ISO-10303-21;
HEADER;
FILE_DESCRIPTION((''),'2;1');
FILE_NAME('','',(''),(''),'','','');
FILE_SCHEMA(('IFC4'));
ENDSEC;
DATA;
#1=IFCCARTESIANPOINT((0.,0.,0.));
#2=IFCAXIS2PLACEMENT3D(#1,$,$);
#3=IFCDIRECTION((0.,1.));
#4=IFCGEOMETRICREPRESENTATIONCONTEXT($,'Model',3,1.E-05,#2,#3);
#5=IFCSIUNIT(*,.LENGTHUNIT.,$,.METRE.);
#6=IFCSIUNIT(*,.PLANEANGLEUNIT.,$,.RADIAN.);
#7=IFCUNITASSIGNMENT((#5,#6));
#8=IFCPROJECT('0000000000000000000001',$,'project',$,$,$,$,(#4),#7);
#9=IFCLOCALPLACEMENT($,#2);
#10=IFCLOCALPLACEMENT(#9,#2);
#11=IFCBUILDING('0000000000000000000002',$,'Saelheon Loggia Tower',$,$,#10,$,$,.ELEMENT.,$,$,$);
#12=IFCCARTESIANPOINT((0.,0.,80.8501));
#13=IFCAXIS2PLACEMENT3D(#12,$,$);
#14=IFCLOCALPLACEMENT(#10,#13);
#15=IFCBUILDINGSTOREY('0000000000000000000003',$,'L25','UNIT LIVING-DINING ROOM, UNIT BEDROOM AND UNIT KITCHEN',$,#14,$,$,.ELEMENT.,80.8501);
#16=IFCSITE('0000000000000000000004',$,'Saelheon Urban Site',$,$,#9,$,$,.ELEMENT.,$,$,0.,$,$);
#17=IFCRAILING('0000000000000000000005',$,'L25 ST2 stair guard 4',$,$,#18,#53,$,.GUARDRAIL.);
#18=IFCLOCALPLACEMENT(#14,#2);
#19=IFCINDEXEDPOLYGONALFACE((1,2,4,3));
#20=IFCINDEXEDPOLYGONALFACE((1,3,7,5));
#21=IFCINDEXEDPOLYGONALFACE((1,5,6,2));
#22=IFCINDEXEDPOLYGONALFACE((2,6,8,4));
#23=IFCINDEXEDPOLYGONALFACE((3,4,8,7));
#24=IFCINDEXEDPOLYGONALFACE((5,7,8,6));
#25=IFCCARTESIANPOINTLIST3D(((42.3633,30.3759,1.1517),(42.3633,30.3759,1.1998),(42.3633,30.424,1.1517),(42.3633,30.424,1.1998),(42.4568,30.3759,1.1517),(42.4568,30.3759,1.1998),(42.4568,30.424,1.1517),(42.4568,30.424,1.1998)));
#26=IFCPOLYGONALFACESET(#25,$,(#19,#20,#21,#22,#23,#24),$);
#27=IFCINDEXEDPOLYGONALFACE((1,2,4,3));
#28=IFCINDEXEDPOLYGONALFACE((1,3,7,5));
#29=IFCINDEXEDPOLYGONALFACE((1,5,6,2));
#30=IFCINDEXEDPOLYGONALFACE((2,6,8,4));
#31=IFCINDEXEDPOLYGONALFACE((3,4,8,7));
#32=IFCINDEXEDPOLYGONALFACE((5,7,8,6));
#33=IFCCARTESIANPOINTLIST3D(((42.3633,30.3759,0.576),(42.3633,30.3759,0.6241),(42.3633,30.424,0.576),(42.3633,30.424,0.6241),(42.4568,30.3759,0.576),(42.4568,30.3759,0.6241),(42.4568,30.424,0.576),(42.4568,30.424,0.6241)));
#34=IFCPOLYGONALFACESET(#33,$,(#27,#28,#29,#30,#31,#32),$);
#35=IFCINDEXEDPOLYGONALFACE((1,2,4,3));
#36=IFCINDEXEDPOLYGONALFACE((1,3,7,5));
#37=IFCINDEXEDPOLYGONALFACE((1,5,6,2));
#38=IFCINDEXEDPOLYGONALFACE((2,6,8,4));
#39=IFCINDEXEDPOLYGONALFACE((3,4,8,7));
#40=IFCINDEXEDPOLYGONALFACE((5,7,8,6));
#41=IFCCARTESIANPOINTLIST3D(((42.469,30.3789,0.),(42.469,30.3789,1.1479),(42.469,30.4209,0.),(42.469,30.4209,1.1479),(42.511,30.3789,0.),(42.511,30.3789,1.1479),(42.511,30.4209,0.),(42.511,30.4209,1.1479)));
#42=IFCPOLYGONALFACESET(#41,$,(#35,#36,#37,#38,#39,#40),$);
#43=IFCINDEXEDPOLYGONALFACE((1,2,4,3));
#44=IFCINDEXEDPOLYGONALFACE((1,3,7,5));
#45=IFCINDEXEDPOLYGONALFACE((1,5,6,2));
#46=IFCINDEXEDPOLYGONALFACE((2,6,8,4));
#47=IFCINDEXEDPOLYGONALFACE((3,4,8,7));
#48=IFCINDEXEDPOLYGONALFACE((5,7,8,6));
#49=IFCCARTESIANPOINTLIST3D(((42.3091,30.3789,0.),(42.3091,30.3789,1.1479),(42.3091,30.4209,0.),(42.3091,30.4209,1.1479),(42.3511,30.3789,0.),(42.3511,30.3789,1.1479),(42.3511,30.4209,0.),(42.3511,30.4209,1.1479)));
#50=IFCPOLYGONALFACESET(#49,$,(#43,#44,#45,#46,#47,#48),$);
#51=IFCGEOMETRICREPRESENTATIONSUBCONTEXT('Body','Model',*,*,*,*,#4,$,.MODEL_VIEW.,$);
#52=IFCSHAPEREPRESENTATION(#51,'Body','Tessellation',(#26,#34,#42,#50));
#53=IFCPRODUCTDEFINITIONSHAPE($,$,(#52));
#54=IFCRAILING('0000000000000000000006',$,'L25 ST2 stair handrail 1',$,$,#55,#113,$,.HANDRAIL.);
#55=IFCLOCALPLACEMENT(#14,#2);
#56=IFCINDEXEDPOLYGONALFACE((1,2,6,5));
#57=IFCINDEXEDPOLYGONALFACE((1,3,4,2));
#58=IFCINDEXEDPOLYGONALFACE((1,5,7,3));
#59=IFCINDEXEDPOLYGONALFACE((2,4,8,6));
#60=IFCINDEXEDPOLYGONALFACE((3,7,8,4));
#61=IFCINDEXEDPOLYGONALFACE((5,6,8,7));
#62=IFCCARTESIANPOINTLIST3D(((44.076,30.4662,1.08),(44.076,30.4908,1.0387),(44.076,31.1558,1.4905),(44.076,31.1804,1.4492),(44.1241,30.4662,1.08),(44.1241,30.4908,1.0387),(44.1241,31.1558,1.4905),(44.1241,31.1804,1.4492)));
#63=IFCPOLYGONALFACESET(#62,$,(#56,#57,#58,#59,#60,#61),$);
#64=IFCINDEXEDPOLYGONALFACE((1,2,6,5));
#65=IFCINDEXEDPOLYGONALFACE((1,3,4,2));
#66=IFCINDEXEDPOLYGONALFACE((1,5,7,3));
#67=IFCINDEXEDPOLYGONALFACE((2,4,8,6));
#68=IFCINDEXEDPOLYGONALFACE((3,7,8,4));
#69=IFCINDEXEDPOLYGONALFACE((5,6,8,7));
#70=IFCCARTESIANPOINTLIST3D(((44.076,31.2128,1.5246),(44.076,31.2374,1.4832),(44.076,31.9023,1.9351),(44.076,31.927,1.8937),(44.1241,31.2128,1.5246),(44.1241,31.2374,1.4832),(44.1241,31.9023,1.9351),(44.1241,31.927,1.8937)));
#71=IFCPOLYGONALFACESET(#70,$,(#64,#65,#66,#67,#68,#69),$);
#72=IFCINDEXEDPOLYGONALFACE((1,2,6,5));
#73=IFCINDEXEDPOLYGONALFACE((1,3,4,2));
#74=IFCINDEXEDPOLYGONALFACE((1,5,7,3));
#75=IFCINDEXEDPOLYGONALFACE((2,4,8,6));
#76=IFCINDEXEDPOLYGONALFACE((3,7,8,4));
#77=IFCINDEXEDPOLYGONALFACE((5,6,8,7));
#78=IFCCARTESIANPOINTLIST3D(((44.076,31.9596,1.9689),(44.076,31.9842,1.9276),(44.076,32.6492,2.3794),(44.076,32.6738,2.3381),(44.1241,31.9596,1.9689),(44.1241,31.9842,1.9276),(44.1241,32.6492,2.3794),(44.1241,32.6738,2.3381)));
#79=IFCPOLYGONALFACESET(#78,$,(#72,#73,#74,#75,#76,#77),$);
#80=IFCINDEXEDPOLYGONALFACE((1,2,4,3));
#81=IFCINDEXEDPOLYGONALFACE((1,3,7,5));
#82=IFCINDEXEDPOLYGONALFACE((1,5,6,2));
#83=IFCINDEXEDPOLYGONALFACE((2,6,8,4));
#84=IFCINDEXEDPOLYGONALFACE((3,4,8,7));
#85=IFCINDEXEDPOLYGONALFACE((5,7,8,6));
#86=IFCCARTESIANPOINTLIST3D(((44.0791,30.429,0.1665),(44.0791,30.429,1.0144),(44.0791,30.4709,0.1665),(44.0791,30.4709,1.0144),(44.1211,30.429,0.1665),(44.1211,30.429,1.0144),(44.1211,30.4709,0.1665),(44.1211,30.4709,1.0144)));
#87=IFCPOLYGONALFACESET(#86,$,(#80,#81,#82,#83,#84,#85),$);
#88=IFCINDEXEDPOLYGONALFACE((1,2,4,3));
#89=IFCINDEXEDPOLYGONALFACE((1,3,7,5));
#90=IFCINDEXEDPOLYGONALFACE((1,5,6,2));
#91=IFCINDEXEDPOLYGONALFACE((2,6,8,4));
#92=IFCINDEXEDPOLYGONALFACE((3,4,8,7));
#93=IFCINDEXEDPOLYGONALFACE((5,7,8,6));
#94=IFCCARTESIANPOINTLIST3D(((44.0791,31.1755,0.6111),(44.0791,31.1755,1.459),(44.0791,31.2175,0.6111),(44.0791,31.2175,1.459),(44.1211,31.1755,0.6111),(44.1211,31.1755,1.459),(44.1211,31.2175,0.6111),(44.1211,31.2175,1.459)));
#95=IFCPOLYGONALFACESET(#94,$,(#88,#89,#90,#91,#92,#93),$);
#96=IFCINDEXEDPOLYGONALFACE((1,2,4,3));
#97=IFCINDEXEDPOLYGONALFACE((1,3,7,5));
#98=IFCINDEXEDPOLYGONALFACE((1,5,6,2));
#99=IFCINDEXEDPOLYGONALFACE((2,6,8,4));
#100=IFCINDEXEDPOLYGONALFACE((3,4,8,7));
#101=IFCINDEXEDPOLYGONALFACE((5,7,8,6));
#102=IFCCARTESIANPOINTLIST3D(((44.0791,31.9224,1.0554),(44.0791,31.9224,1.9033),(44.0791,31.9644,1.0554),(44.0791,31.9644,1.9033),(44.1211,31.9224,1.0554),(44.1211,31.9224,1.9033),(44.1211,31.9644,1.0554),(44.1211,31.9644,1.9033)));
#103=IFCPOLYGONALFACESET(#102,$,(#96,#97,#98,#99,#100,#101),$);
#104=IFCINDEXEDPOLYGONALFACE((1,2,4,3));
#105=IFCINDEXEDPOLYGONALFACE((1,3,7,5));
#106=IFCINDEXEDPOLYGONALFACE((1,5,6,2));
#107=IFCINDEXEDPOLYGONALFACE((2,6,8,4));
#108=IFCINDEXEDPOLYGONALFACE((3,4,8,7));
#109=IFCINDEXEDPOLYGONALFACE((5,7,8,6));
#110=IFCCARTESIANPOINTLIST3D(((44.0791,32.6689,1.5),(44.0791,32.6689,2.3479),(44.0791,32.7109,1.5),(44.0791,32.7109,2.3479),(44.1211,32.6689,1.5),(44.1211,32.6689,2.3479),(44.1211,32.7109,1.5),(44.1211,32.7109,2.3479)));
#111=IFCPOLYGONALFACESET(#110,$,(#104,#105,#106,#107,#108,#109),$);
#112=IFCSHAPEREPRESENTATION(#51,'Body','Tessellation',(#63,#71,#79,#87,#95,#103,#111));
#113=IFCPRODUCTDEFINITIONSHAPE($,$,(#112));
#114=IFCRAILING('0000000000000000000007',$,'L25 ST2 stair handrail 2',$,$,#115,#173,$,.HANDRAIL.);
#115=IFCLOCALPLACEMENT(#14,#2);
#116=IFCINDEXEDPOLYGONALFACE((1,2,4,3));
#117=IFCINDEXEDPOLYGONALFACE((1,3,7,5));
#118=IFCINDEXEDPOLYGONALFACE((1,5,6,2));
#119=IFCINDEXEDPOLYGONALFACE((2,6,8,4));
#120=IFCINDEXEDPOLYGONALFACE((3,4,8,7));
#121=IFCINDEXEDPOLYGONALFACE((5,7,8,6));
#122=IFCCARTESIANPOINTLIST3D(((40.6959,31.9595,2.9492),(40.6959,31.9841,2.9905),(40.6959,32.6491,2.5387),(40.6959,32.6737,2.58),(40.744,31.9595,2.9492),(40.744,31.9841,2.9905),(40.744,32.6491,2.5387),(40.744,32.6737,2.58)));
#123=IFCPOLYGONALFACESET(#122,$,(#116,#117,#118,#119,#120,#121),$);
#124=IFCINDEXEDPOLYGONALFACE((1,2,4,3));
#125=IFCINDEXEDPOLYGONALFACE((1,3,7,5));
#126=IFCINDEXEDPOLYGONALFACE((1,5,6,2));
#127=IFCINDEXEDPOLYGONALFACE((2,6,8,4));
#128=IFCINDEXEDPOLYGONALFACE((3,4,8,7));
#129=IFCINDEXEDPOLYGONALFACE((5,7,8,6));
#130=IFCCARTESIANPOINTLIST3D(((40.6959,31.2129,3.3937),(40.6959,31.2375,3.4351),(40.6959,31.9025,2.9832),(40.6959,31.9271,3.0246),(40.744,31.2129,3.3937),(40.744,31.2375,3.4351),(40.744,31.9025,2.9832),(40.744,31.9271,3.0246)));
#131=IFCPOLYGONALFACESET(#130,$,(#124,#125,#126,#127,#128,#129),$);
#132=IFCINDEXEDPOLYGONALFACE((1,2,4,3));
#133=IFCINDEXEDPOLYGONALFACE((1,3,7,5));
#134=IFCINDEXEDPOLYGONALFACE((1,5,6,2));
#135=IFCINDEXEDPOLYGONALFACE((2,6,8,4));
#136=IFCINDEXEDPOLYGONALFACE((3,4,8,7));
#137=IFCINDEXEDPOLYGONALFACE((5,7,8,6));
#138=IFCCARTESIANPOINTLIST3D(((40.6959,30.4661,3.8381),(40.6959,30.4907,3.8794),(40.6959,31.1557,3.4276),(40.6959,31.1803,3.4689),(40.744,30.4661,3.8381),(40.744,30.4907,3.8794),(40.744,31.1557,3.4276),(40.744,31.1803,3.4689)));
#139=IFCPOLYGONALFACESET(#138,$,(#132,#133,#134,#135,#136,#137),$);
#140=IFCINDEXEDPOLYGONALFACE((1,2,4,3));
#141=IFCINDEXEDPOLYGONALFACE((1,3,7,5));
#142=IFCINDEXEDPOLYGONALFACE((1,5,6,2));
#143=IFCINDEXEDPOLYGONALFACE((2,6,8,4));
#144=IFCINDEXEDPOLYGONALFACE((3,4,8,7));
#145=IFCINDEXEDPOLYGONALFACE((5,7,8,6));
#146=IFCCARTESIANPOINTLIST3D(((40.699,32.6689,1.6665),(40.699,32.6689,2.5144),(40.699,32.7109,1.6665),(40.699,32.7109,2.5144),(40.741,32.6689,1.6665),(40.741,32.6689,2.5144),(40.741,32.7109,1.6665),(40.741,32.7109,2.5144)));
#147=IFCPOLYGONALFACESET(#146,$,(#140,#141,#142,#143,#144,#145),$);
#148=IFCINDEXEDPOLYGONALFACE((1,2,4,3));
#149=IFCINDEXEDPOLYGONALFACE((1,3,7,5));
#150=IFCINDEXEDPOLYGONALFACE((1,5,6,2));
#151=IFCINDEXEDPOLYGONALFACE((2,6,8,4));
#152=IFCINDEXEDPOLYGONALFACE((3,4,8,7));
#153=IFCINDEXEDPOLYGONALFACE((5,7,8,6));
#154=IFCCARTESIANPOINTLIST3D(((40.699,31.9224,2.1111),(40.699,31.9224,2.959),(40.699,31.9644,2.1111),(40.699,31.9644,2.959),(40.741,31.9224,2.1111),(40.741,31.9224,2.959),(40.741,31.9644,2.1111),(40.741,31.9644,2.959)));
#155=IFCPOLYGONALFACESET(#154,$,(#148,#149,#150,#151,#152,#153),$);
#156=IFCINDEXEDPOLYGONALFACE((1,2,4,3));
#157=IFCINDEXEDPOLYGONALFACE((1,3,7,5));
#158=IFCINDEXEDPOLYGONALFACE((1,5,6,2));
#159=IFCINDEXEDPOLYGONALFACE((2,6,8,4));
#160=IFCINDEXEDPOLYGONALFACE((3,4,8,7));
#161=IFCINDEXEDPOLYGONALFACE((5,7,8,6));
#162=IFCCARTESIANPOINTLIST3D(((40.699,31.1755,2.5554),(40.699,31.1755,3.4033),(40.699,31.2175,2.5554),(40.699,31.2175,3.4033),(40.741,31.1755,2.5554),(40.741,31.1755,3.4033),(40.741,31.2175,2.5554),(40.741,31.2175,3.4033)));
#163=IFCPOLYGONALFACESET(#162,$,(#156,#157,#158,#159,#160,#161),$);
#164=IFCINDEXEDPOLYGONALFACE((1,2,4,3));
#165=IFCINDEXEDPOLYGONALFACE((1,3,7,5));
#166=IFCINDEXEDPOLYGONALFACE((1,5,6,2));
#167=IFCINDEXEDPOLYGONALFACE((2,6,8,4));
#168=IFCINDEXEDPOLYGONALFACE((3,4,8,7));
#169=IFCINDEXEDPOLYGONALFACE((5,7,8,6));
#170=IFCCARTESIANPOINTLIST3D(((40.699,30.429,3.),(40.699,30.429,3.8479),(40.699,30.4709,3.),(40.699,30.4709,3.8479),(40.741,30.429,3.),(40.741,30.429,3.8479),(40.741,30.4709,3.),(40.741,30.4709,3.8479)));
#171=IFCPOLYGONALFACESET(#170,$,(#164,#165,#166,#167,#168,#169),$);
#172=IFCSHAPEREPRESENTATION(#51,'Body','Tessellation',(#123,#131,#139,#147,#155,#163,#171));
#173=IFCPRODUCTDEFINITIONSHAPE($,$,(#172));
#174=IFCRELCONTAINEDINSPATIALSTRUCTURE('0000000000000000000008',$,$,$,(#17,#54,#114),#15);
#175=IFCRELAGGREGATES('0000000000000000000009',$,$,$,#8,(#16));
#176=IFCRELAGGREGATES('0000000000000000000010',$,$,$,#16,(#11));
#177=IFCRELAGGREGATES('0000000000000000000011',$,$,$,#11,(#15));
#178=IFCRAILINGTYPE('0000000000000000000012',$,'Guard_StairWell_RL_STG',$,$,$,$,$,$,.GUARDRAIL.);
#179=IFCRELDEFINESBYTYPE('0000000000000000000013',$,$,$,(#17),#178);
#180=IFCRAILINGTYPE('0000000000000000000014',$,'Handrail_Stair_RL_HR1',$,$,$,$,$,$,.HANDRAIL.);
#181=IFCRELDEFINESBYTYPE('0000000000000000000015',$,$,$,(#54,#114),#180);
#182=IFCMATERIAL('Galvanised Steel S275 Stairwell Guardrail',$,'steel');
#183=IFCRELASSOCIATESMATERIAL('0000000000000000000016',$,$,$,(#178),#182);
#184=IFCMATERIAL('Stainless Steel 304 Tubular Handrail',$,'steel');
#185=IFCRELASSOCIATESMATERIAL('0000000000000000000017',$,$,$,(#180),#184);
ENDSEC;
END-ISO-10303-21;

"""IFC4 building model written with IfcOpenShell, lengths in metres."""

from ifc_helpers import new_model, si_unit, direction, frame, origin, origin_2d, place, context, subcontext, project, spatial, rectangle, extrude, material, type_object, element, save


model = new_model("IFC4")

# Units and contexts
model_context = context("Model", 3, precision=1e-05, world=origin(), true_north=direction((0.0, 1.0)))
body_context = subcontext(model_context, "Body", "Model", "MODEL_VIEW")
ifc_project = project(units=[si_unit("LENGTHUNIT", "METRE"), si_unit("PLANEANGLEUNIT", "RADIAN")], contexts=[model_context])

# Site, building, storey
site_placement = place(None, origin())
site = spatial("IfcSite", under=ifc_project, at=site_placement, Name="Saelheon Urban Site", CompositionType="ELEMENT", RefElevation=0.0)
building_placement = place(site_placement, origin())
building = spatial("IfcBuilding", under=site, at=building_placement, Name="Saelheon Loggia Tower", CompositionType="ELEMENT")
storey_placement = place(building_placement, frame((0.0, 0.0, 80.8501)))
storey = spatial("IfcBuildingStorey", under=building, at=storey_placement, Name="L25", Description="UNIT LIVING-DINING ROOM, UNIT BEDROOM AND UNIT KITCHEN", CompositionType="ELEMENT", Elevation=80.8501)

# Railings
ifc_material_1 = material(Name="Galvanised Steel S275 Stairwell Guardrail", Category="steel")
railing_type_1 = type_object("IfcRailingType", Name="Guard_StairWell_RL_STG", PredefinedType="GUARDRAIL", material=ifc_material_1)
railing_1_placement = place(storey_placement, frame((42.49, 30.3999, 0.0)))
element("IfcRailing", 1, at=railing_1_placement, inside=storey, type_object=railing_type_1, Name="L25 ST2 stair guard 4", PredefinedType="GUARDRAIL", context=body_context, shape_type="SweptSolid", body=[
    extrude(rectangle(XDim=0.0481, YDim=0.0481, at=origin_2d()), frame((-0.0332, 0.0, 1.1758), z_axis=(-1.0, 0.0, 0.0), x_axis=(0.0, -1.0, 0.0)), (0.0, 0.0, 1.0), 0.0935),
    extrude(rectangle(XDim=0.0481, YDim=0.0481, at=origin_2d()), frame((-0.0332, 0.0, 0.6001), z_axis=(-1.0, 0.0, 0.0), x_axis=(0.0, -1.0, 0.0)), (0.0, 0.0, 1.0), 0.0935),
    extrude(rectangle(XDim=0.042, YDim=0.042, at=origin_2d()), origin(), (0.0, 0.0, 1.0), 1.1479),
    extrude(rectangle(XDim=0.042, YDim=0.042, at=origin_2d()), frame((-0.1599, 0.0, 0.0)), (0.0, 0.0, 1.0), 1.1479),
])
ifc_material_2 = material(Name="Stainless Steel 304 Tubular Handrail", Category="steel")
railing_type_2 = type_object("IfcRailingType", Name="Handrail_Stair_RL_HR1", PredefinedType="HANDRAIL", material=ifc_material_2)
railing_2_placement = place(storey_placement, frame((44.1001, 30.45, 0.1665)))
element("IfcRailing", 2, at=railing_2_placement, inside=storey, type_object=railing_type_2, Name="L25 ST2 stair handrail 1", PredefinedType="HANDRAIL", context=body_context, shape_type="SweptSolid", body=[
    extrude(rectangle(XDim=0.0481, YDim=0.0481, at=origin_2d()), frame((0.0, 0.0286, 0.8928), z_axis=(0.0, 0.859264, 0.511532), x_axis=(-1.0, 0.0, 0.0)), (0.0, 0.0, 1.0), 0.8025),
    extrude(rectangle(XDim=0.0481, YDim=0.0481, at=origin_2d()), frame((0.0, 0.7751, 1.3374), z_axis=(0.0, 0.859264, 0.511532), x_axis=(-1.0, 0.0, 0.0)), (0.0, 0.0, 1.0), 0.8025),
    extrude(rectangle(XDim=0.0481, YDim=0.0481, at=origin_2d()), frame((0.0, 1.522, 1.7817), z_axis=(0.0, 0.859264, 0.511532), x_axis=(-1.0, 0.0, 0.0)), (0.0, 0.0, 1.0), 0.8025),
    extrude(rectangle(XDim=0.042, YDim=0.042, at=origin_2d()), origin(), (0.0, 0.0, 1.0), 0.8479),
    extrude(rectangle(XDim=0.042, YDim=0.042, at=origin_2d()), frame((0.0, 0.7466, 0.4446)), (0.0, 0.0, 1.0), 0.8479),
    extrude(rectangle(XDim=0.042, YDim=0.042, at=origin_2d()), frame((0.0, 1.4934, 0.8889)), (0.0, 0.0, 1.0), 0.8479),
    extrude(rectangle(XDim=0.042, YDim=0.042, at=origin_2d()), frame((0.0, 2.24, 1.3335)), (0.0, 0.0, 1.0), 0.8479),
])
railing_3_placement = place(storey_placement, frame((40.72, 32.6899, 1.6665)))
element("IfcRailing", 3, at=railing_3_placement, inside=storey, type_object=railing_type_2, Name="L25 ST2 stair handrail 2", PredefinedType="HANDRAIL", context=body_context, shape_type="SweptSolid", body=[
    extrude(rectangle(XDim=0.0481, YDim=0.0481, at=origin_2d()), frame((0.0, -0.0286, 0.8928), z_axis=(0.0, -0.859264, 0.511532), x_axis=(1.0, 0.0, 0.0)), (0.0, 0.0, 1.0), 0.8025),
    extrude(rectangle(XDim=0.0481, YDim=0.0481, at=origin_2d()), frame((0.0, -0.7751, 1.3374), z_axis=(0.0, -0.859264, 0.511532), x_axis=(1.0, 0.0, 0.0)), (0.0, 0.0, 1.0), 0.8025),
    extrude(rectangle(XDim=0.0481, YDim=0.0481, at=origin_2d()), frame((0.0, -1.522, 1.7817), z_axis=(0.0, -0.859264, 0.511532), x_axis=(1.0, 0.0, 0.0)), (0.0, 0.0, 1.0), 0.8025),
    extrude(rectangle(XDim=0.042, YDim=0.042, at=origin_2d()), origin(), (0.0, 0.0, 1.0), 0.8479),
    extrude(rectangle(XDim=0.042, YDim=0.042, at=origin_2d()), frame((0.0, -0.7466, 0.4446)), (0.0, 0.0, 1.0), 0.8479),
    extrude(rectangle(XDim=0.042, YDim=0.042, at=origin_2d()), frame((0.0, -1.4934, 0.8889)), (0.0, 0.0, 1.0), 0.8479),
    extrude(rectangle(XDim=0.042, YDim=0.042, at=origin_2d()), frame((0.0, -2.24, 1.3335)), (0.0, 0.0, 1.0), 0.8479),
])

save(model, "model.ifc")
